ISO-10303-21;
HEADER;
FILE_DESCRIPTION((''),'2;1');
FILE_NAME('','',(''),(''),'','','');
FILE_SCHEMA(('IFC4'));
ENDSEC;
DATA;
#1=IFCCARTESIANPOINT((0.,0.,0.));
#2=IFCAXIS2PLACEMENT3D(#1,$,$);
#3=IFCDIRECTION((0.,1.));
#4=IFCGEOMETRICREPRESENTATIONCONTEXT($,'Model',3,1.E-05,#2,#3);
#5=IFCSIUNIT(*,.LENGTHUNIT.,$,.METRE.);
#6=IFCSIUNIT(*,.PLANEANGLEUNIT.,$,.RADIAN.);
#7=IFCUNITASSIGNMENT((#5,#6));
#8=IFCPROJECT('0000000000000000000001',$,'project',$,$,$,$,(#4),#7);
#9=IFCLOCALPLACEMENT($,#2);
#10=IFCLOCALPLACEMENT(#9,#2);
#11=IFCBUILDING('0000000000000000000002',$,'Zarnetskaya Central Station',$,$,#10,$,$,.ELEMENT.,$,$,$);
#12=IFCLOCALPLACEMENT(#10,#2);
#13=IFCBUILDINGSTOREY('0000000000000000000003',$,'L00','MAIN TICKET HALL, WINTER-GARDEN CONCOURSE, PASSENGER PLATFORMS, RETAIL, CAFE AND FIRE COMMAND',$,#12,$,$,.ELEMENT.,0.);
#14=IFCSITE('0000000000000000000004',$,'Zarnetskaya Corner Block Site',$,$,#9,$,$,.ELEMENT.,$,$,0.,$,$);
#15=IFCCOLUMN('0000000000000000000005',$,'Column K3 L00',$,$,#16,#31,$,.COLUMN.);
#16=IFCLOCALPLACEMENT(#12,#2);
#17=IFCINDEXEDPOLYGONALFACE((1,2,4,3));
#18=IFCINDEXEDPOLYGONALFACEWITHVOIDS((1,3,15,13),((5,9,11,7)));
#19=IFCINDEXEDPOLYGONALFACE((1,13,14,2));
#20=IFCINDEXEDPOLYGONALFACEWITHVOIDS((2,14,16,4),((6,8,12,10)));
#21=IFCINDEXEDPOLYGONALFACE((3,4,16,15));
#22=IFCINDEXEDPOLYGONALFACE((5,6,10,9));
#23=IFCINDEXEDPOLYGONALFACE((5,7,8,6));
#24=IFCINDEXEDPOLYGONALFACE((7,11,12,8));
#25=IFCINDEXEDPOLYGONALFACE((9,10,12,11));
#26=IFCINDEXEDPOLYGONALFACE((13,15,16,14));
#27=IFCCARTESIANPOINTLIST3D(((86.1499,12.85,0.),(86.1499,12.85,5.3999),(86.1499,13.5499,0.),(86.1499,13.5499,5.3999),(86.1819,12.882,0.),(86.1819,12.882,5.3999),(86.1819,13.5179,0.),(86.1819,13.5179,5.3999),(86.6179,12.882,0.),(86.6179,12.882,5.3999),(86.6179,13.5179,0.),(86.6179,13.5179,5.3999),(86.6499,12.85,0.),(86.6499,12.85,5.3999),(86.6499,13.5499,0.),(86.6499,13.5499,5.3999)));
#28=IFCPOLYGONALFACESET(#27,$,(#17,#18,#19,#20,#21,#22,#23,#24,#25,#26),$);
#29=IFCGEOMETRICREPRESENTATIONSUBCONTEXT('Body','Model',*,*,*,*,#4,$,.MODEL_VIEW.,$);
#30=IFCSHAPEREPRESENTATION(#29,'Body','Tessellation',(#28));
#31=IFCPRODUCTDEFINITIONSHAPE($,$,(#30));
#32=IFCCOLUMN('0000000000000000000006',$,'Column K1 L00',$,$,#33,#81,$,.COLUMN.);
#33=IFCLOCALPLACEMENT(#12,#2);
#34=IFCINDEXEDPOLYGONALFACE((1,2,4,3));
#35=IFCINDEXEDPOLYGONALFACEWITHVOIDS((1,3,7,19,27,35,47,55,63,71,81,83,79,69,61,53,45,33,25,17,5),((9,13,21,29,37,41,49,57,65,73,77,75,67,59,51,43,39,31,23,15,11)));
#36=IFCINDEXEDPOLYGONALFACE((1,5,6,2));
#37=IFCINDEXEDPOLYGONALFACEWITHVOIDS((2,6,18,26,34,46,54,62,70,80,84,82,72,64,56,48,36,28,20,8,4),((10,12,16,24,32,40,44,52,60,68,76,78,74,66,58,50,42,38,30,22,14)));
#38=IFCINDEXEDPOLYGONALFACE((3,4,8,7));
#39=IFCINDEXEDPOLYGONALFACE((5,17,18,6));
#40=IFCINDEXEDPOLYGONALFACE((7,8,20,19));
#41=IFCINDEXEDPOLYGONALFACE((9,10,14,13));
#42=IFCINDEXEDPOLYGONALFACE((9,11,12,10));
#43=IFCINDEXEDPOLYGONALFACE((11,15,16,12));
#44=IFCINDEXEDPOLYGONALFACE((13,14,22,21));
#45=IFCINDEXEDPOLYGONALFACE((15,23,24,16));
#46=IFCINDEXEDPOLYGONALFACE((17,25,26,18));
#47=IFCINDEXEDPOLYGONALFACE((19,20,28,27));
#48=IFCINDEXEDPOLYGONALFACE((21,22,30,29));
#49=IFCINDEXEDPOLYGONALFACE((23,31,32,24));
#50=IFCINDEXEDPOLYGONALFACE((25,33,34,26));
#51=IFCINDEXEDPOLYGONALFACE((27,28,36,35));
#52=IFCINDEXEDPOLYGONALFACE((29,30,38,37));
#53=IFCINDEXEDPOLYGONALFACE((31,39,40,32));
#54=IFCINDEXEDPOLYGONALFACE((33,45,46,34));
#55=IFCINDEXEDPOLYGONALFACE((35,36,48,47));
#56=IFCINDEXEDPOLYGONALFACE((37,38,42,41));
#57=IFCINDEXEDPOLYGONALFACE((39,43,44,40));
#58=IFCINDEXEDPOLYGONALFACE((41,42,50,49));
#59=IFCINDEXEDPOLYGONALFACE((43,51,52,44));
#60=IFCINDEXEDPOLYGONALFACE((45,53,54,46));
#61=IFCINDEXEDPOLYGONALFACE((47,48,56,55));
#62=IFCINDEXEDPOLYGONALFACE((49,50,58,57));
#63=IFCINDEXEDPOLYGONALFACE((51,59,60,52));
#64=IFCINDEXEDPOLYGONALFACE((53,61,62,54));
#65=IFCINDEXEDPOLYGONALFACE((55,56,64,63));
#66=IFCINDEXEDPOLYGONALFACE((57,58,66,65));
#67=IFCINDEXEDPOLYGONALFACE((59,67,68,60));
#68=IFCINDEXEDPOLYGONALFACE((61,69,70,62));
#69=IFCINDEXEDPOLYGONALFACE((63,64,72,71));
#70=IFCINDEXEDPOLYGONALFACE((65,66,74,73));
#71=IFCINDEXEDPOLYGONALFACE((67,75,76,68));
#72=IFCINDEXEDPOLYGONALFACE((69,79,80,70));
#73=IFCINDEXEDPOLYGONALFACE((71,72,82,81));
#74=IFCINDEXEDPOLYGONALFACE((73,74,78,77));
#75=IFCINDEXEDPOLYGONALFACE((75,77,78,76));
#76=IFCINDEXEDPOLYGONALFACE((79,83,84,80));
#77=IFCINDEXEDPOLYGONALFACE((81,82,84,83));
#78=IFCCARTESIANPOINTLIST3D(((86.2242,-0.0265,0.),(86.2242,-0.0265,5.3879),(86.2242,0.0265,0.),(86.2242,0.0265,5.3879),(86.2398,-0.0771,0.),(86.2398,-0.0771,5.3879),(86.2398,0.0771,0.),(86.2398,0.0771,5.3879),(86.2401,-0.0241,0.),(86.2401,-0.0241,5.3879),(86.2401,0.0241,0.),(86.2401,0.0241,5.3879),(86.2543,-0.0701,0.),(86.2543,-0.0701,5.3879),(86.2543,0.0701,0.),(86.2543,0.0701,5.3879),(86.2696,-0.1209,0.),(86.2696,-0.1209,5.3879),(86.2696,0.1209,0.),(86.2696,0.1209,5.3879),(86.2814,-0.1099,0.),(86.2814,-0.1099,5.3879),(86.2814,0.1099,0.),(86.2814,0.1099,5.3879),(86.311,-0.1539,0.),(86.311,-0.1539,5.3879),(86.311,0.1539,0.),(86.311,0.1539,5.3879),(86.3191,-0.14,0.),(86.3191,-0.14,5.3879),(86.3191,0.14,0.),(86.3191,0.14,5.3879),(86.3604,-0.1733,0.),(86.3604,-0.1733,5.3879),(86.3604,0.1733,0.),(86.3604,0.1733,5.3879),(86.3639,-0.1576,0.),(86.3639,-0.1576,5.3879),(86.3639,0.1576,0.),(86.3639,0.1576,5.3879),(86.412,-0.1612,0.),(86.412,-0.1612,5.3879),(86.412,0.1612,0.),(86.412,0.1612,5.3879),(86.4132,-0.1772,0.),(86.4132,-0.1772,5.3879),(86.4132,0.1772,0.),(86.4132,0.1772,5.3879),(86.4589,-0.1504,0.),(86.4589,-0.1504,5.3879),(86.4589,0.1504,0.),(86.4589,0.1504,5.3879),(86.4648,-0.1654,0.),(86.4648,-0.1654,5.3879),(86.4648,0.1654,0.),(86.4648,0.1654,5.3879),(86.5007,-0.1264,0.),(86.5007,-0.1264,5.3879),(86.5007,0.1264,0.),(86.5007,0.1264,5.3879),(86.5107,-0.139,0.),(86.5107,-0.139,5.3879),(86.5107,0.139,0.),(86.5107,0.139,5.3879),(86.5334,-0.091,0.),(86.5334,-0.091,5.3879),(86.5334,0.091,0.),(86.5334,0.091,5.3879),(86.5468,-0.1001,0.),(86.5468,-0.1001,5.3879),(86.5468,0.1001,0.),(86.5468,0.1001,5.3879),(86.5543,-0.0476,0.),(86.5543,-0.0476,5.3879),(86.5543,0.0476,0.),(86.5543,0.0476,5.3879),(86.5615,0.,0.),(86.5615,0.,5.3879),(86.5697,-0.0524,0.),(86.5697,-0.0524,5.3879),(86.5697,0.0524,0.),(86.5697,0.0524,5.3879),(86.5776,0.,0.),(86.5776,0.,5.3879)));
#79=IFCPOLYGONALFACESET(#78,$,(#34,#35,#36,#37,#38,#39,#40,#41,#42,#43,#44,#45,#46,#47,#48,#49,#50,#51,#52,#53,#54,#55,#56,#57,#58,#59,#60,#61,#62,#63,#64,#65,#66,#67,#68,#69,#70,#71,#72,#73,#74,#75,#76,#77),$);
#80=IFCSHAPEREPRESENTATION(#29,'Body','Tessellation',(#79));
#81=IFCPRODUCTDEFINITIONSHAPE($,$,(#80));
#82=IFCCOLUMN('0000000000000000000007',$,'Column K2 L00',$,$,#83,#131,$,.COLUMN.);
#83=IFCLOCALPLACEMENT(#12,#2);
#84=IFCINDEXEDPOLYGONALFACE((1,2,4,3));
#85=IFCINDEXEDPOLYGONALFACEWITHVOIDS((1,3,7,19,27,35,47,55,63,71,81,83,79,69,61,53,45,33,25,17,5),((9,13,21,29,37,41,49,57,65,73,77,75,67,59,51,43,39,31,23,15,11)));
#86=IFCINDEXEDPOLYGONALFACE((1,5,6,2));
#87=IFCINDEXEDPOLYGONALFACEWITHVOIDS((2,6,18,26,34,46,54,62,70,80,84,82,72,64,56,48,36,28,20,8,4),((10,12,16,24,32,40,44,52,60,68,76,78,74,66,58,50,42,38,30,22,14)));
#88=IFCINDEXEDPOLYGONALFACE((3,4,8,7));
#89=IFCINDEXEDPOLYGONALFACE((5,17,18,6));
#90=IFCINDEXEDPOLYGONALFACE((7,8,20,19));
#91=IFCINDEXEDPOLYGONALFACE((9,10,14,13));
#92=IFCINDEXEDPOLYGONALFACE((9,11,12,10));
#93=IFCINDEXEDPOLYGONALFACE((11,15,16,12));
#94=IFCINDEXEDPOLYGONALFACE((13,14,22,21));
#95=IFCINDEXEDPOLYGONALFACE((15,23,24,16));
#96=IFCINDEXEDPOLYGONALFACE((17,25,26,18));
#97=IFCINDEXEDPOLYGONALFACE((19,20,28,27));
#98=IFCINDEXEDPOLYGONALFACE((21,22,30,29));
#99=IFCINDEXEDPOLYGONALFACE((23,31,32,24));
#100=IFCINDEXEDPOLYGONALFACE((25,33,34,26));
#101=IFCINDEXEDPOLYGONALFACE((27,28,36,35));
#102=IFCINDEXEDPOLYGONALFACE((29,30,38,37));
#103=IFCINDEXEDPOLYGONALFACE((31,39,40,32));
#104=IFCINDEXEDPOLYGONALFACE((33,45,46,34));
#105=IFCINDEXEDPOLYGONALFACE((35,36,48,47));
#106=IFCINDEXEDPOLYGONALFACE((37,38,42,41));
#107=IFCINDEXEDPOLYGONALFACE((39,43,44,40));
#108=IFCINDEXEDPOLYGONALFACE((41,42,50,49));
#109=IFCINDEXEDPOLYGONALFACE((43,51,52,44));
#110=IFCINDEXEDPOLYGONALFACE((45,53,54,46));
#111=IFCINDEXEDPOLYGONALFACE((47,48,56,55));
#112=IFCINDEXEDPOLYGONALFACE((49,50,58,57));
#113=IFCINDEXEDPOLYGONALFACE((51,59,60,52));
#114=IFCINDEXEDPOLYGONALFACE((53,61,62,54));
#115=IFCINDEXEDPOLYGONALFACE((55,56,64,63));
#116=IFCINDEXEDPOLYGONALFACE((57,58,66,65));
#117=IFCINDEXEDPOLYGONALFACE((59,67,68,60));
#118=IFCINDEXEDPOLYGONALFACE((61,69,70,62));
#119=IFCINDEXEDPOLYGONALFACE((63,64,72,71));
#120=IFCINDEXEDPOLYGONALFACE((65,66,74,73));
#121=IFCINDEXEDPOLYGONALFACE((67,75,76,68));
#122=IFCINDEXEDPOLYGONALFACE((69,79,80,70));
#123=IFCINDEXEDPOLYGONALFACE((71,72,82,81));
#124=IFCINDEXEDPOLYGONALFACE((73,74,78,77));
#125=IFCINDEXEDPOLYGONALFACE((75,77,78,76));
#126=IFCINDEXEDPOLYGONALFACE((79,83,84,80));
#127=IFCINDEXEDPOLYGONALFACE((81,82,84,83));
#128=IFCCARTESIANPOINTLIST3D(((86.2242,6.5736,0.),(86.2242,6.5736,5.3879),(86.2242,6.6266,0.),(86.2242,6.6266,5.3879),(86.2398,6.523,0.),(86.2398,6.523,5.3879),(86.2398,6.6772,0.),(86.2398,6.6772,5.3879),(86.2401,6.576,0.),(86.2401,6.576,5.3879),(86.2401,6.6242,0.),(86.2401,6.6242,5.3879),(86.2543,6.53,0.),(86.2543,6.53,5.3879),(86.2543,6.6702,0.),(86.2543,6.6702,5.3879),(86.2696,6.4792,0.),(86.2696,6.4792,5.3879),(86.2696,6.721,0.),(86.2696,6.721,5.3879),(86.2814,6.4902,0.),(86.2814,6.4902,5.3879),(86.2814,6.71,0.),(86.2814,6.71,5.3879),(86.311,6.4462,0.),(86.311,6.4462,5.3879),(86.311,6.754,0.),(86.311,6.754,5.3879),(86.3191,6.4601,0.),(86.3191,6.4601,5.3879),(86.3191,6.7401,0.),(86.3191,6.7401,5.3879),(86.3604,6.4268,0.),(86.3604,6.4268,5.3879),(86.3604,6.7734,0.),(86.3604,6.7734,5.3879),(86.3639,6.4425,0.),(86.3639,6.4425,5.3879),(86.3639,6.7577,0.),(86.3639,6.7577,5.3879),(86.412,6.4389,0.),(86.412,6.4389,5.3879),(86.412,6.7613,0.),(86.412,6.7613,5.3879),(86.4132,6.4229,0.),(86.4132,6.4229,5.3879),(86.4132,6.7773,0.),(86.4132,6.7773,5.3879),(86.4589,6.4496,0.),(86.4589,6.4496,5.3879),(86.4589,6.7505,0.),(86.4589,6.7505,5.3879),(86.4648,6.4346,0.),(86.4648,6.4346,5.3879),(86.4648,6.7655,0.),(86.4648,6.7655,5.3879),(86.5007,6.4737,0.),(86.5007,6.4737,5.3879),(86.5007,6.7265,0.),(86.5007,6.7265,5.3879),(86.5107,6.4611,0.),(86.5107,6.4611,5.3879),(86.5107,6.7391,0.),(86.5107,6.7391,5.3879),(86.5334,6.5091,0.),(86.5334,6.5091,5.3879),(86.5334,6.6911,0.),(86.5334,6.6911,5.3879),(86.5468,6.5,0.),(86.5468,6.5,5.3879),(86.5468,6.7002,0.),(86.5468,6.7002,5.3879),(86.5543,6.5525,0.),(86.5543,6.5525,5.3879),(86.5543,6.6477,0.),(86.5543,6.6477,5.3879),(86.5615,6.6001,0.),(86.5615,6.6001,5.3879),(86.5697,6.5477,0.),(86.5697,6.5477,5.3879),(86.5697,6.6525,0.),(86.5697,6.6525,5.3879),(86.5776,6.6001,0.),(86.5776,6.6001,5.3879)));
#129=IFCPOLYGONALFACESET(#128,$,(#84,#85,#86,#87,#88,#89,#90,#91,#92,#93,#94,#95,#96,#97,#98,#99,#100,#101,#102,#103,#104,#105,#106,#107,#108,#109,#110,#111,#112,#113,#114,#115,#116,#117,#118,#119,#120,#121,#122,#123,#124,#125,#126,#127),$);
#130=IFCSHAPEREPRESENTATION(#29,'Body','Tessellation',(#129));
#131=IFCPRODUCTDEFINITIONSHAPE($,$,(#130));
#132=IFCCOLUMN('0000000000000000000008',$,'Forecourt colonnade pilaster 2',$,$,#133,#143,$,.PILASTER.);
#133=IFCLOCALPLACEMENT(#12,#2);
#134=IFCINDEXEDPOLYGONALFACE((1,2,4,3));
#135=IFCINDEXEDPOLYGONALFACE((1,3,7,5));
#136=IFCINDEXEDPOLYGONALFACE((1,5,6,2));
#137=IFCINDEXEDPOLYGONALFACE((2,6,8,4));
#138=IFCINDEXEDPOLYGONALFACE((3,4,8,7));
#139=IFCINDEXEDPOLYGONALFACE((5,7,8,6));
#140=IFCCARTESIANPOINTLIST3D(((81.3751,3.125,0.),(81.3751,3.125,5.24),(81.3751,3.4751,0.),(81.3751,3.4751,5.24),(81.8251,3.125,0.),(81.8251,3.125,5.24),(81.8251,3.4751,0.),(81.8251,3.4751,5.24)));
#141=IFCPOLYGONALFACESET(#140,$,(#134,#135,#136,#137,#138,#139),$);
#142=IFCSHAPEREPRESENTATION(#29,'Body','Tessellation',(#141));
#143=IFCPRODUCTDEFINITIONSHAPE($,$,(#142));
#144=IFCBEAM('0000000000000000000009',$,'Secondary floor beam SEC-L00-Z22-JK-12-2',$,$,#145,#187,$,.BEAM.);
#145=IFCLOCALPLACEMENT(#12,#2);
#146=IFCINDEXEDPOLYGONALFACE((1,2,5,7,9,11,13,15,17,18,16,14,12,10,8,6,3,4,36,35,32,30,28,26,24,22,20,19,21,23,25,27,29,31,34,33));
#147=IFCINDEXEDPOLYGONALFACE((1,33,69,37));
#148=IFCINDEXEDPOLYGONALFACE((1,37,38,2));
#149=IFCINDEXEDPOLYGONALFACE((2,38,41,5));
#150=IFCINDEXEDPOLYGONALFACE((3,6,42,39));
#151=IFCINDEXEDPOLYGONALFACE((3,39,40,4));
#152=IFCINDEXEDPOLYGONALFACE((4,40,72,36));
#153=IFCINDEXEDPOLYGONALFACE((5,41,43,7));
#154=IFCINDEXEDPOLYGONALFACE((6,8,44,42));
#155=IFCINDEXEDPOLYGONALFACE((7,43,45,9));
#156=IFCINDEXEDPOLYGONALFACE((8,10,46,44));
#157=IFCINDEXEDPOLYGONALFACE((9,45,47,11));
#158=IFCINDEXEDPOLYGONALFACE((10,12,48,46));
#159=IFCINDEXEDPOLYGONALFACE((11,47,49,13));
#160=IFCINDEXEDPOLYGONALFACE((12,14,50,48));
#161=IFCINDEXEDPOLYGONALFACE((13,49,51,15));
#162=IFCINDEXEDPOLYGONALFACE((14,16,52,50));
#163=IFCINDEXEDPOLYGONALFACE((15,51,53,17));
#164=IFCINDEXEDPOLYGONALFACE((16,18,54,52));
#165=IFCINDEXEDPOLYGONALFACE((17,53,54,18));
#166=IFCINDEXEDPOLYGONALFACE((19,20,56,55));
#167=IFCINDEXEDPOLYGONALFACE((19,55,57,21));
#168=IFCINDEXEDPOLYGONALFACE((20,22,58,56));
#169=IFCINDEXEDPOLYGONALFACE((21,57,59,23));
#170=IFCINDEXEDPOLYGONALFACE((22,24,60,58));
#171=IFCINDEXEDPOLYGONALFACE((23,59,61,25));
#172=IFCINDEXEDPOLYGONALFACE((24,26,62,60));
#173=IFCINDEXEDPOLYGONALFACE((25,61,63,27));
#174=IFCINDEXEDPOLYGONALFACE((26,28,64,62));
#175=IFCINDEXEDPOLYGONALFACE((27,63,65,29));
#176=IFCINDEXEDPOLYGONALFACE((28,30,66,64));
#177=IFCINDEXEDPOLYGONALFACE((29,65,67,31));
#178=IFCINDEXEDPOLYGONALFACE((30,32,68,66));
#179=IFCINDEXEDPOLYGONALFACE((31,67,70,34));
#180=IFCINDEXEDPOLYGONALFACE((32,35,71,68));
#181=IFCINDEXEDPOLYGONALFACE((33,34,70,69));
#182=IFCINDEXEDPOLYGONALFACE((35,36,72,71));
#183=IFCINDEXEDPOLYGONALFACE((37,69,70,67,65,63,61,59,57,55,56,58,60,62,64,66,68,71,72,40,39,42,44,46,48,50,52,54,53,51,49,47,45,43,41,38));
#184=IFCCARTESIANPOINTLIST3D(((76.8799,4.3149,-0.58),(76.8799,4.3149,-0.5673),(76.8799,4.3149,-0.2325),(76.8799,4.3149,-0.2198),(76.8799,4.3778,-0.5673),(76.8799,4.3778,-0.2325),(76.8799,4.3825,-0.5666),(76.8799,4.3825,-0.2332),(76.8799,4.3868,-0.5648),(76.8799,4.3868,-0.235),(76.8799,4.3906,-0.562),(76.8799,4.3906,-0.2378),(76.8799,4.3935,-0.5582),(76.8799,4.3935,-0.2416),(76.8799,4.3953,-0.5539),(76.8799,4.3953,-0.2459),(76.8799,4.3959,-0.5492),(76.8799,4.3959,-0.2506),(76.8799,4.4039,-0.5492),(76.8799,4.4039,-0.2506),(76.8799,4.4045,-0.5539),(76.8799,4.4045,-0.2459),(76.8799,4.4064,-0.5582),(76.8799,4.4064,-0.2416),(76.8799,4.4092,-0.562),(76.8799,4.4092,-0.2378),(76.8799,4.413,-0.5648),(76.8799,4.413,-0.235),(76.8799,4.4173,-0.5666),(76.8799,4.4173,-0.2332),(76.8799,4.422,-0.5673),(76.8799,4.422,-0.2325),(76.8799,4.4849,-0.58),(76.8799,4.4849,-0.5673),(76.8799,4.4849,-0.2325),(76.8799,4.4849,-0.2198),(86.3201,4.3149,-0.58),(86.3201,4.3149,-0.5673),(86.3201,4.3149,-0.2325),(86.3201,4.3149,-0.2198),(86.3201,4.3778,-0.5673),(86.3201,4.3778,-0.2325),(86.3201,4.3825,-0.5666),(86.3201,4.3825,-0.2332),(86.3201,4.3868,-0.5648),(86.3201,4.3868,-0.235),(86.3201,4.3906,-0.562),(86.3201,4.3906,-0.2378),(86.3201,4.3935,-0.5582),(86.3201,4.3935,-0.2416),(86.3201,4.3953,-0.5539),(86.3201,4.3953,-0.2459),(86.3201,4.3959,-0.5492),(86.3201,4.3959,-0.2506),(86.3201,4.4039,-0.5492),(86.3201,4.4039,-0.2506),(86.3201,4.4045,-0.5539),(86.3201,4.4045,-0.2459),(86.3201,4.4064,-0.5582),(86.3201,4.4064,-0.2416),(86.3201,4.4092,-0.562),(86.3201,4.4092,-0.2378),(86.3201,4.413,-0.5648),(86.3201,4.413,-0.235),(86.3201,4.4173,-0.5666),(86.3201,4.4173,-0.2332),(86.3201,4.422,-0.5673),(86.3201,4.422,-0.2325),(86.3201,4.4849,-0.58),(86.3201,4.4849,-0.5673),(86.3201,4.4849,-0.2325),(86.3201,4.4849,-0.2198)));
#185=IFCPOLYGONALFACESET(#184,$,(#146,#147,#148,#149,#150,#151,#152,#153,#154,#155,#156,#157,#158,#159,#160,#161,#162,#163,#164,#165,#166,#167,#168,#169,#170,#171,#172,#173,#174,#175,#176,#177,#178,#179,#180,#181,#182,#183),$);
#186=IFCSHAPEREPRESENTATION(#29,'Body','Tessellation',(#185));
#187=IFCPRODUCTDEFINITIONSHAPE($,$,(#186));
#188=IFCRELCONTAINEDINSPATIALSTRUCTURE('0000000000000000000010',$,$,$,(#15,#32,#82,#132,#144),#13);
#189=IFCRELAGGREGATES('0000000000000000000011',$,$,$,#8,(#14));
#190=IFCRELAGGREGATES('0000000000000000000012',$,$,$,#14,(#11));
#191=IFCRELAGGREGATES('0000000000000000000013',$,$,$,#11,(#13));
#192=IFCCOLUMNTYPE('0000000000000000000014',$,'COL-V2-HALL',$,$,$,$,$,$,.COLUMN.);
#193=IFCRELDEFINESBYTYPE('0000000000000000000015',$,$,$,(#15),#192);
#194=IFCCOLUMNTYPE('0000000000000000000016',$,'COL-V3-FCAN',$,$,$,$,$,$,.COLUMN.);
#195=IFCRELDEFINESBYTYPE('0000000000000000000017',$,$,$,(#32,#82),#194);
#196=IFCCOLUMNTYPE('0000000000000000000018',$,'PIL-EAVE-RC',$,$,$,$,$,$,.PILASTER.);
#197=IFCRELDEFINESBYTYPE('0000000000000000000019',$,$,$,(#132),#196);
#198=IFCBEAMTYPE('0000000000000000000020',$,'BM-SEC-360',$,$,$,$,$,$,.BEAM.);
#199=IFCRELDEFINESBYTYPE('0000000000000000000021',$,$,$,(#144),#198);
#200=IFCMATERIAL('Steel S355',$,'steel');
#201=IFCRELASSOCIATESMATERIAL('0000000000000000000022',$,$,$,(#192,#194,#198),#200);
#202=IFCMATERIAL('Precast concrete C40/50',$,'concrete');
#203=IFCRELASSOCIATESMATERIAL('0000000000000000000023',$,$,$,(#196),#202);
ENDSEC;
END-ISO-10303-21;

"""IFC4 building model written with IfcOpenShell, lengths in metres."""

from ifc_helpers import new_model, si_unit, direction, frame, origin, origin_2d, place, context, subcontext, project, spatial, rectangle, hollow_rectangle, hollow_circle, i_section, extrude, material, material_profile, profile_set, type_object, element, save


model = new_model("IFC4")

# Units and contexts
model_context = context("Model", 3, precision=1e-05, world=origin(), true_north=direction((0.0, 1.0)))
body_context = subcontext(model_context, "Body", "Model", "MODEL_VIEW")
ifc_project = project(units=[si_unit("LENGTHUNIT", "METRE"), si_unit("PLANEANGLEUNIT", "RADIAN")], contexts=[model_context])

# Site, building, storey
site_placement = place(None, origin())
site = spatial("IfcSite", under=ifc_project, at=site_placement, Name="Zarnetskaya Corner Block Site", CompositionType="ELEMENT", RefElevation=0.0)
building_placement = place(site_placement, origin())
building = spatial("IfcBuilding", under=site, at=building_placement, Name="Zarnetskaya Central Station", CompositionType="ELEMENT")
storey_placement = place(building_placement, origin())
storey = spatial("IfcBuildingStorey", under=building, at=storey_placement, Name="L00", Description="MAIN TICKET HALL, WINTER-GARDEN CONCOURSE, PASSENGER PLATFORMS, RETAIL, CAFE AND FIRE COMMAND", CompositionType="ELEMENT", Elevation=0.0)

# Columns
ifc_material_1 = material(Name="Steel S355", Category="steel")
ifc_material_profile_1 = material_profile(ifc_material_1, hollow_rectangle(XDim=0.5, YDim=0.7, WallThickness=0.032, at=origin_2d()), Name="BOX 700x500x32")
ifc_profile_set_1 = profile_set([ifc_material_profile_1], Name="Steel S355")
column_type_1 = type_object("IfcColumnType", Name="COL-V2-HALL", PredefinedType="COLUMN", material=ifc_profile_set_1)
column_1_placement = place(storey_placement, frame((86.3999, 13.2, 0.0), z_axis=(0.0, 0.0, 1.0), x_axis=(1.0, 0.0, 0.0)))
element("IfcColumn", 1, at=column_1_placement, inside=storey, type_object=column_type_1, Name="Column K3 L00", PredefinedType="COLUMN", context=body_context, shape_type="SweptSolid", body=[
    extrude(hollow_rectangle(XDim=0.5, YDim=0.7, WallThickness=0.032, at=origin_2d()), origin(), (0.0, 0.0, 1.0), 5.3999),
])
ifc_material_profile_2 = material_profile(ifc_material_1, hollow_circle(Radius=0.1777, WallThickness=0.0161, at=origin_2d()), Name="CHS 355.6x16")
ifc_profile_set_2 = profile_set([ifc_material_profile_2], Name="Steel S355")
column_type_2 = type_object("IfcColumnType", Name="COL-V3-FCAN", PredefinedType="COLUMN", material=ifc_profile_set_2)
for number, where, z_axis, x_axis, name in (
    (2, (86.3999, 0.0, 0.0), (0.0, 0.0, 1.0), (1.0, 0.0, 0.0), "Column K1 L00"),
    (3, (86.3999, 6.6001, 0.0), (0.0, 0.0, 1.0), (1.0, 0.0, 0.0), "Column K2 L00"),
):
    element("IfcColumn", number, at=place(storey_placement, frame(where, z_axis=z_axis, x_axis=x_axis)), inside=storey, type_object=column_type_2, Name=name, PredefinedType="COLUMN", context=body_context, shape_type="SweptSolid", body=[
        extrude(hollow_circle(Radius=0.1777, WallThickness=0.0161, at=origin_2d()), origin(), (0.0, 0.0, 1.0), 5.3879),
    ])
ifc_material_2 = material(Name="Precast concrete C40/50", Category="concrete")
ifc_material_profile_3 = material_profile(ifc_material_2, rectangle(XDim=0.45, YDim=0.3501, at=origin_2d()), Name="RC PILASTER 450x350")
ifc_profile_set_3 = profile_set([ifc_material_profile_3], Name="Precast concrete C40/50")
column_type_3 = type_object("IfcColumnType", Name="PIL-EAVE-RC", PredefinedType="PILASTER", material=ifc_profile_set_3)
column_2_placement = place(storey_placement, frame((81.6001, 3.3, 0.0), z_axis=(0.0, 0.0, 1.0), x_axis=(1.0, 0.0, 0.0)))
element("IfcColumn", 4, at=column_2_placement, inside=storey, type_object=column_type_3, Name="Forecourt colonnade pilaster 2", PredefinedType="PILASTER", context=body_context, shape_type="SweptSolid", body=[
    extrude(rectangle(XDim=0.45, YDim=0.3501, at=origin_2d()), origin(), (0.0, 0.0, 1.0), 5.24),
])

# Beam
ifc_material_profile_4 = material_profile(ifc_material_1, i_section(OverallWidth=0.1699, OverallDepth=0.3601, WebThickness=0.0081, FlangeThickness=0.0127, FilletRadius=0.0181, at=origin_2d()), Name="IPE 360")
ifc_profile_set_4 = profile_set([ifc_material_profile_4], Name="Steel S355")
beam_type_1 = type_object("IfcBeamType", Name="BM-SEC-360", PredefinedType="BEAM", material=ifc_profile_set_4)
for number, where, z_axis, x_axis, name in (
    (5, (76.8799, 4.3999, -0.3999), (1.0, 0.0, 0.0), (0.0, 1.0, 0.0), "Secondary floor beam SEC-L00-Z22-JK-12-2"),
):
    element("IfcBeam", number, at=place(storey_placement, frame(where, z_axis=z_axis, x_axis=x_axis)), inside=storey, type_object=beam_type_1, Name=name, PredefinedType="BEAM", context=body_context, shape_type="SweptSolid", body=[
        extrude(i_section(OverallWidth=0.1699, OverallDepth=0.3601, WebThickness=0.0081, FlangeThickness=0.0127, FilletRadius=0.0181, at=origin_2d()), origin(), (0.0, 0.0, 1.0), 9.4402),
    ])

save(model, "model.ifc")
